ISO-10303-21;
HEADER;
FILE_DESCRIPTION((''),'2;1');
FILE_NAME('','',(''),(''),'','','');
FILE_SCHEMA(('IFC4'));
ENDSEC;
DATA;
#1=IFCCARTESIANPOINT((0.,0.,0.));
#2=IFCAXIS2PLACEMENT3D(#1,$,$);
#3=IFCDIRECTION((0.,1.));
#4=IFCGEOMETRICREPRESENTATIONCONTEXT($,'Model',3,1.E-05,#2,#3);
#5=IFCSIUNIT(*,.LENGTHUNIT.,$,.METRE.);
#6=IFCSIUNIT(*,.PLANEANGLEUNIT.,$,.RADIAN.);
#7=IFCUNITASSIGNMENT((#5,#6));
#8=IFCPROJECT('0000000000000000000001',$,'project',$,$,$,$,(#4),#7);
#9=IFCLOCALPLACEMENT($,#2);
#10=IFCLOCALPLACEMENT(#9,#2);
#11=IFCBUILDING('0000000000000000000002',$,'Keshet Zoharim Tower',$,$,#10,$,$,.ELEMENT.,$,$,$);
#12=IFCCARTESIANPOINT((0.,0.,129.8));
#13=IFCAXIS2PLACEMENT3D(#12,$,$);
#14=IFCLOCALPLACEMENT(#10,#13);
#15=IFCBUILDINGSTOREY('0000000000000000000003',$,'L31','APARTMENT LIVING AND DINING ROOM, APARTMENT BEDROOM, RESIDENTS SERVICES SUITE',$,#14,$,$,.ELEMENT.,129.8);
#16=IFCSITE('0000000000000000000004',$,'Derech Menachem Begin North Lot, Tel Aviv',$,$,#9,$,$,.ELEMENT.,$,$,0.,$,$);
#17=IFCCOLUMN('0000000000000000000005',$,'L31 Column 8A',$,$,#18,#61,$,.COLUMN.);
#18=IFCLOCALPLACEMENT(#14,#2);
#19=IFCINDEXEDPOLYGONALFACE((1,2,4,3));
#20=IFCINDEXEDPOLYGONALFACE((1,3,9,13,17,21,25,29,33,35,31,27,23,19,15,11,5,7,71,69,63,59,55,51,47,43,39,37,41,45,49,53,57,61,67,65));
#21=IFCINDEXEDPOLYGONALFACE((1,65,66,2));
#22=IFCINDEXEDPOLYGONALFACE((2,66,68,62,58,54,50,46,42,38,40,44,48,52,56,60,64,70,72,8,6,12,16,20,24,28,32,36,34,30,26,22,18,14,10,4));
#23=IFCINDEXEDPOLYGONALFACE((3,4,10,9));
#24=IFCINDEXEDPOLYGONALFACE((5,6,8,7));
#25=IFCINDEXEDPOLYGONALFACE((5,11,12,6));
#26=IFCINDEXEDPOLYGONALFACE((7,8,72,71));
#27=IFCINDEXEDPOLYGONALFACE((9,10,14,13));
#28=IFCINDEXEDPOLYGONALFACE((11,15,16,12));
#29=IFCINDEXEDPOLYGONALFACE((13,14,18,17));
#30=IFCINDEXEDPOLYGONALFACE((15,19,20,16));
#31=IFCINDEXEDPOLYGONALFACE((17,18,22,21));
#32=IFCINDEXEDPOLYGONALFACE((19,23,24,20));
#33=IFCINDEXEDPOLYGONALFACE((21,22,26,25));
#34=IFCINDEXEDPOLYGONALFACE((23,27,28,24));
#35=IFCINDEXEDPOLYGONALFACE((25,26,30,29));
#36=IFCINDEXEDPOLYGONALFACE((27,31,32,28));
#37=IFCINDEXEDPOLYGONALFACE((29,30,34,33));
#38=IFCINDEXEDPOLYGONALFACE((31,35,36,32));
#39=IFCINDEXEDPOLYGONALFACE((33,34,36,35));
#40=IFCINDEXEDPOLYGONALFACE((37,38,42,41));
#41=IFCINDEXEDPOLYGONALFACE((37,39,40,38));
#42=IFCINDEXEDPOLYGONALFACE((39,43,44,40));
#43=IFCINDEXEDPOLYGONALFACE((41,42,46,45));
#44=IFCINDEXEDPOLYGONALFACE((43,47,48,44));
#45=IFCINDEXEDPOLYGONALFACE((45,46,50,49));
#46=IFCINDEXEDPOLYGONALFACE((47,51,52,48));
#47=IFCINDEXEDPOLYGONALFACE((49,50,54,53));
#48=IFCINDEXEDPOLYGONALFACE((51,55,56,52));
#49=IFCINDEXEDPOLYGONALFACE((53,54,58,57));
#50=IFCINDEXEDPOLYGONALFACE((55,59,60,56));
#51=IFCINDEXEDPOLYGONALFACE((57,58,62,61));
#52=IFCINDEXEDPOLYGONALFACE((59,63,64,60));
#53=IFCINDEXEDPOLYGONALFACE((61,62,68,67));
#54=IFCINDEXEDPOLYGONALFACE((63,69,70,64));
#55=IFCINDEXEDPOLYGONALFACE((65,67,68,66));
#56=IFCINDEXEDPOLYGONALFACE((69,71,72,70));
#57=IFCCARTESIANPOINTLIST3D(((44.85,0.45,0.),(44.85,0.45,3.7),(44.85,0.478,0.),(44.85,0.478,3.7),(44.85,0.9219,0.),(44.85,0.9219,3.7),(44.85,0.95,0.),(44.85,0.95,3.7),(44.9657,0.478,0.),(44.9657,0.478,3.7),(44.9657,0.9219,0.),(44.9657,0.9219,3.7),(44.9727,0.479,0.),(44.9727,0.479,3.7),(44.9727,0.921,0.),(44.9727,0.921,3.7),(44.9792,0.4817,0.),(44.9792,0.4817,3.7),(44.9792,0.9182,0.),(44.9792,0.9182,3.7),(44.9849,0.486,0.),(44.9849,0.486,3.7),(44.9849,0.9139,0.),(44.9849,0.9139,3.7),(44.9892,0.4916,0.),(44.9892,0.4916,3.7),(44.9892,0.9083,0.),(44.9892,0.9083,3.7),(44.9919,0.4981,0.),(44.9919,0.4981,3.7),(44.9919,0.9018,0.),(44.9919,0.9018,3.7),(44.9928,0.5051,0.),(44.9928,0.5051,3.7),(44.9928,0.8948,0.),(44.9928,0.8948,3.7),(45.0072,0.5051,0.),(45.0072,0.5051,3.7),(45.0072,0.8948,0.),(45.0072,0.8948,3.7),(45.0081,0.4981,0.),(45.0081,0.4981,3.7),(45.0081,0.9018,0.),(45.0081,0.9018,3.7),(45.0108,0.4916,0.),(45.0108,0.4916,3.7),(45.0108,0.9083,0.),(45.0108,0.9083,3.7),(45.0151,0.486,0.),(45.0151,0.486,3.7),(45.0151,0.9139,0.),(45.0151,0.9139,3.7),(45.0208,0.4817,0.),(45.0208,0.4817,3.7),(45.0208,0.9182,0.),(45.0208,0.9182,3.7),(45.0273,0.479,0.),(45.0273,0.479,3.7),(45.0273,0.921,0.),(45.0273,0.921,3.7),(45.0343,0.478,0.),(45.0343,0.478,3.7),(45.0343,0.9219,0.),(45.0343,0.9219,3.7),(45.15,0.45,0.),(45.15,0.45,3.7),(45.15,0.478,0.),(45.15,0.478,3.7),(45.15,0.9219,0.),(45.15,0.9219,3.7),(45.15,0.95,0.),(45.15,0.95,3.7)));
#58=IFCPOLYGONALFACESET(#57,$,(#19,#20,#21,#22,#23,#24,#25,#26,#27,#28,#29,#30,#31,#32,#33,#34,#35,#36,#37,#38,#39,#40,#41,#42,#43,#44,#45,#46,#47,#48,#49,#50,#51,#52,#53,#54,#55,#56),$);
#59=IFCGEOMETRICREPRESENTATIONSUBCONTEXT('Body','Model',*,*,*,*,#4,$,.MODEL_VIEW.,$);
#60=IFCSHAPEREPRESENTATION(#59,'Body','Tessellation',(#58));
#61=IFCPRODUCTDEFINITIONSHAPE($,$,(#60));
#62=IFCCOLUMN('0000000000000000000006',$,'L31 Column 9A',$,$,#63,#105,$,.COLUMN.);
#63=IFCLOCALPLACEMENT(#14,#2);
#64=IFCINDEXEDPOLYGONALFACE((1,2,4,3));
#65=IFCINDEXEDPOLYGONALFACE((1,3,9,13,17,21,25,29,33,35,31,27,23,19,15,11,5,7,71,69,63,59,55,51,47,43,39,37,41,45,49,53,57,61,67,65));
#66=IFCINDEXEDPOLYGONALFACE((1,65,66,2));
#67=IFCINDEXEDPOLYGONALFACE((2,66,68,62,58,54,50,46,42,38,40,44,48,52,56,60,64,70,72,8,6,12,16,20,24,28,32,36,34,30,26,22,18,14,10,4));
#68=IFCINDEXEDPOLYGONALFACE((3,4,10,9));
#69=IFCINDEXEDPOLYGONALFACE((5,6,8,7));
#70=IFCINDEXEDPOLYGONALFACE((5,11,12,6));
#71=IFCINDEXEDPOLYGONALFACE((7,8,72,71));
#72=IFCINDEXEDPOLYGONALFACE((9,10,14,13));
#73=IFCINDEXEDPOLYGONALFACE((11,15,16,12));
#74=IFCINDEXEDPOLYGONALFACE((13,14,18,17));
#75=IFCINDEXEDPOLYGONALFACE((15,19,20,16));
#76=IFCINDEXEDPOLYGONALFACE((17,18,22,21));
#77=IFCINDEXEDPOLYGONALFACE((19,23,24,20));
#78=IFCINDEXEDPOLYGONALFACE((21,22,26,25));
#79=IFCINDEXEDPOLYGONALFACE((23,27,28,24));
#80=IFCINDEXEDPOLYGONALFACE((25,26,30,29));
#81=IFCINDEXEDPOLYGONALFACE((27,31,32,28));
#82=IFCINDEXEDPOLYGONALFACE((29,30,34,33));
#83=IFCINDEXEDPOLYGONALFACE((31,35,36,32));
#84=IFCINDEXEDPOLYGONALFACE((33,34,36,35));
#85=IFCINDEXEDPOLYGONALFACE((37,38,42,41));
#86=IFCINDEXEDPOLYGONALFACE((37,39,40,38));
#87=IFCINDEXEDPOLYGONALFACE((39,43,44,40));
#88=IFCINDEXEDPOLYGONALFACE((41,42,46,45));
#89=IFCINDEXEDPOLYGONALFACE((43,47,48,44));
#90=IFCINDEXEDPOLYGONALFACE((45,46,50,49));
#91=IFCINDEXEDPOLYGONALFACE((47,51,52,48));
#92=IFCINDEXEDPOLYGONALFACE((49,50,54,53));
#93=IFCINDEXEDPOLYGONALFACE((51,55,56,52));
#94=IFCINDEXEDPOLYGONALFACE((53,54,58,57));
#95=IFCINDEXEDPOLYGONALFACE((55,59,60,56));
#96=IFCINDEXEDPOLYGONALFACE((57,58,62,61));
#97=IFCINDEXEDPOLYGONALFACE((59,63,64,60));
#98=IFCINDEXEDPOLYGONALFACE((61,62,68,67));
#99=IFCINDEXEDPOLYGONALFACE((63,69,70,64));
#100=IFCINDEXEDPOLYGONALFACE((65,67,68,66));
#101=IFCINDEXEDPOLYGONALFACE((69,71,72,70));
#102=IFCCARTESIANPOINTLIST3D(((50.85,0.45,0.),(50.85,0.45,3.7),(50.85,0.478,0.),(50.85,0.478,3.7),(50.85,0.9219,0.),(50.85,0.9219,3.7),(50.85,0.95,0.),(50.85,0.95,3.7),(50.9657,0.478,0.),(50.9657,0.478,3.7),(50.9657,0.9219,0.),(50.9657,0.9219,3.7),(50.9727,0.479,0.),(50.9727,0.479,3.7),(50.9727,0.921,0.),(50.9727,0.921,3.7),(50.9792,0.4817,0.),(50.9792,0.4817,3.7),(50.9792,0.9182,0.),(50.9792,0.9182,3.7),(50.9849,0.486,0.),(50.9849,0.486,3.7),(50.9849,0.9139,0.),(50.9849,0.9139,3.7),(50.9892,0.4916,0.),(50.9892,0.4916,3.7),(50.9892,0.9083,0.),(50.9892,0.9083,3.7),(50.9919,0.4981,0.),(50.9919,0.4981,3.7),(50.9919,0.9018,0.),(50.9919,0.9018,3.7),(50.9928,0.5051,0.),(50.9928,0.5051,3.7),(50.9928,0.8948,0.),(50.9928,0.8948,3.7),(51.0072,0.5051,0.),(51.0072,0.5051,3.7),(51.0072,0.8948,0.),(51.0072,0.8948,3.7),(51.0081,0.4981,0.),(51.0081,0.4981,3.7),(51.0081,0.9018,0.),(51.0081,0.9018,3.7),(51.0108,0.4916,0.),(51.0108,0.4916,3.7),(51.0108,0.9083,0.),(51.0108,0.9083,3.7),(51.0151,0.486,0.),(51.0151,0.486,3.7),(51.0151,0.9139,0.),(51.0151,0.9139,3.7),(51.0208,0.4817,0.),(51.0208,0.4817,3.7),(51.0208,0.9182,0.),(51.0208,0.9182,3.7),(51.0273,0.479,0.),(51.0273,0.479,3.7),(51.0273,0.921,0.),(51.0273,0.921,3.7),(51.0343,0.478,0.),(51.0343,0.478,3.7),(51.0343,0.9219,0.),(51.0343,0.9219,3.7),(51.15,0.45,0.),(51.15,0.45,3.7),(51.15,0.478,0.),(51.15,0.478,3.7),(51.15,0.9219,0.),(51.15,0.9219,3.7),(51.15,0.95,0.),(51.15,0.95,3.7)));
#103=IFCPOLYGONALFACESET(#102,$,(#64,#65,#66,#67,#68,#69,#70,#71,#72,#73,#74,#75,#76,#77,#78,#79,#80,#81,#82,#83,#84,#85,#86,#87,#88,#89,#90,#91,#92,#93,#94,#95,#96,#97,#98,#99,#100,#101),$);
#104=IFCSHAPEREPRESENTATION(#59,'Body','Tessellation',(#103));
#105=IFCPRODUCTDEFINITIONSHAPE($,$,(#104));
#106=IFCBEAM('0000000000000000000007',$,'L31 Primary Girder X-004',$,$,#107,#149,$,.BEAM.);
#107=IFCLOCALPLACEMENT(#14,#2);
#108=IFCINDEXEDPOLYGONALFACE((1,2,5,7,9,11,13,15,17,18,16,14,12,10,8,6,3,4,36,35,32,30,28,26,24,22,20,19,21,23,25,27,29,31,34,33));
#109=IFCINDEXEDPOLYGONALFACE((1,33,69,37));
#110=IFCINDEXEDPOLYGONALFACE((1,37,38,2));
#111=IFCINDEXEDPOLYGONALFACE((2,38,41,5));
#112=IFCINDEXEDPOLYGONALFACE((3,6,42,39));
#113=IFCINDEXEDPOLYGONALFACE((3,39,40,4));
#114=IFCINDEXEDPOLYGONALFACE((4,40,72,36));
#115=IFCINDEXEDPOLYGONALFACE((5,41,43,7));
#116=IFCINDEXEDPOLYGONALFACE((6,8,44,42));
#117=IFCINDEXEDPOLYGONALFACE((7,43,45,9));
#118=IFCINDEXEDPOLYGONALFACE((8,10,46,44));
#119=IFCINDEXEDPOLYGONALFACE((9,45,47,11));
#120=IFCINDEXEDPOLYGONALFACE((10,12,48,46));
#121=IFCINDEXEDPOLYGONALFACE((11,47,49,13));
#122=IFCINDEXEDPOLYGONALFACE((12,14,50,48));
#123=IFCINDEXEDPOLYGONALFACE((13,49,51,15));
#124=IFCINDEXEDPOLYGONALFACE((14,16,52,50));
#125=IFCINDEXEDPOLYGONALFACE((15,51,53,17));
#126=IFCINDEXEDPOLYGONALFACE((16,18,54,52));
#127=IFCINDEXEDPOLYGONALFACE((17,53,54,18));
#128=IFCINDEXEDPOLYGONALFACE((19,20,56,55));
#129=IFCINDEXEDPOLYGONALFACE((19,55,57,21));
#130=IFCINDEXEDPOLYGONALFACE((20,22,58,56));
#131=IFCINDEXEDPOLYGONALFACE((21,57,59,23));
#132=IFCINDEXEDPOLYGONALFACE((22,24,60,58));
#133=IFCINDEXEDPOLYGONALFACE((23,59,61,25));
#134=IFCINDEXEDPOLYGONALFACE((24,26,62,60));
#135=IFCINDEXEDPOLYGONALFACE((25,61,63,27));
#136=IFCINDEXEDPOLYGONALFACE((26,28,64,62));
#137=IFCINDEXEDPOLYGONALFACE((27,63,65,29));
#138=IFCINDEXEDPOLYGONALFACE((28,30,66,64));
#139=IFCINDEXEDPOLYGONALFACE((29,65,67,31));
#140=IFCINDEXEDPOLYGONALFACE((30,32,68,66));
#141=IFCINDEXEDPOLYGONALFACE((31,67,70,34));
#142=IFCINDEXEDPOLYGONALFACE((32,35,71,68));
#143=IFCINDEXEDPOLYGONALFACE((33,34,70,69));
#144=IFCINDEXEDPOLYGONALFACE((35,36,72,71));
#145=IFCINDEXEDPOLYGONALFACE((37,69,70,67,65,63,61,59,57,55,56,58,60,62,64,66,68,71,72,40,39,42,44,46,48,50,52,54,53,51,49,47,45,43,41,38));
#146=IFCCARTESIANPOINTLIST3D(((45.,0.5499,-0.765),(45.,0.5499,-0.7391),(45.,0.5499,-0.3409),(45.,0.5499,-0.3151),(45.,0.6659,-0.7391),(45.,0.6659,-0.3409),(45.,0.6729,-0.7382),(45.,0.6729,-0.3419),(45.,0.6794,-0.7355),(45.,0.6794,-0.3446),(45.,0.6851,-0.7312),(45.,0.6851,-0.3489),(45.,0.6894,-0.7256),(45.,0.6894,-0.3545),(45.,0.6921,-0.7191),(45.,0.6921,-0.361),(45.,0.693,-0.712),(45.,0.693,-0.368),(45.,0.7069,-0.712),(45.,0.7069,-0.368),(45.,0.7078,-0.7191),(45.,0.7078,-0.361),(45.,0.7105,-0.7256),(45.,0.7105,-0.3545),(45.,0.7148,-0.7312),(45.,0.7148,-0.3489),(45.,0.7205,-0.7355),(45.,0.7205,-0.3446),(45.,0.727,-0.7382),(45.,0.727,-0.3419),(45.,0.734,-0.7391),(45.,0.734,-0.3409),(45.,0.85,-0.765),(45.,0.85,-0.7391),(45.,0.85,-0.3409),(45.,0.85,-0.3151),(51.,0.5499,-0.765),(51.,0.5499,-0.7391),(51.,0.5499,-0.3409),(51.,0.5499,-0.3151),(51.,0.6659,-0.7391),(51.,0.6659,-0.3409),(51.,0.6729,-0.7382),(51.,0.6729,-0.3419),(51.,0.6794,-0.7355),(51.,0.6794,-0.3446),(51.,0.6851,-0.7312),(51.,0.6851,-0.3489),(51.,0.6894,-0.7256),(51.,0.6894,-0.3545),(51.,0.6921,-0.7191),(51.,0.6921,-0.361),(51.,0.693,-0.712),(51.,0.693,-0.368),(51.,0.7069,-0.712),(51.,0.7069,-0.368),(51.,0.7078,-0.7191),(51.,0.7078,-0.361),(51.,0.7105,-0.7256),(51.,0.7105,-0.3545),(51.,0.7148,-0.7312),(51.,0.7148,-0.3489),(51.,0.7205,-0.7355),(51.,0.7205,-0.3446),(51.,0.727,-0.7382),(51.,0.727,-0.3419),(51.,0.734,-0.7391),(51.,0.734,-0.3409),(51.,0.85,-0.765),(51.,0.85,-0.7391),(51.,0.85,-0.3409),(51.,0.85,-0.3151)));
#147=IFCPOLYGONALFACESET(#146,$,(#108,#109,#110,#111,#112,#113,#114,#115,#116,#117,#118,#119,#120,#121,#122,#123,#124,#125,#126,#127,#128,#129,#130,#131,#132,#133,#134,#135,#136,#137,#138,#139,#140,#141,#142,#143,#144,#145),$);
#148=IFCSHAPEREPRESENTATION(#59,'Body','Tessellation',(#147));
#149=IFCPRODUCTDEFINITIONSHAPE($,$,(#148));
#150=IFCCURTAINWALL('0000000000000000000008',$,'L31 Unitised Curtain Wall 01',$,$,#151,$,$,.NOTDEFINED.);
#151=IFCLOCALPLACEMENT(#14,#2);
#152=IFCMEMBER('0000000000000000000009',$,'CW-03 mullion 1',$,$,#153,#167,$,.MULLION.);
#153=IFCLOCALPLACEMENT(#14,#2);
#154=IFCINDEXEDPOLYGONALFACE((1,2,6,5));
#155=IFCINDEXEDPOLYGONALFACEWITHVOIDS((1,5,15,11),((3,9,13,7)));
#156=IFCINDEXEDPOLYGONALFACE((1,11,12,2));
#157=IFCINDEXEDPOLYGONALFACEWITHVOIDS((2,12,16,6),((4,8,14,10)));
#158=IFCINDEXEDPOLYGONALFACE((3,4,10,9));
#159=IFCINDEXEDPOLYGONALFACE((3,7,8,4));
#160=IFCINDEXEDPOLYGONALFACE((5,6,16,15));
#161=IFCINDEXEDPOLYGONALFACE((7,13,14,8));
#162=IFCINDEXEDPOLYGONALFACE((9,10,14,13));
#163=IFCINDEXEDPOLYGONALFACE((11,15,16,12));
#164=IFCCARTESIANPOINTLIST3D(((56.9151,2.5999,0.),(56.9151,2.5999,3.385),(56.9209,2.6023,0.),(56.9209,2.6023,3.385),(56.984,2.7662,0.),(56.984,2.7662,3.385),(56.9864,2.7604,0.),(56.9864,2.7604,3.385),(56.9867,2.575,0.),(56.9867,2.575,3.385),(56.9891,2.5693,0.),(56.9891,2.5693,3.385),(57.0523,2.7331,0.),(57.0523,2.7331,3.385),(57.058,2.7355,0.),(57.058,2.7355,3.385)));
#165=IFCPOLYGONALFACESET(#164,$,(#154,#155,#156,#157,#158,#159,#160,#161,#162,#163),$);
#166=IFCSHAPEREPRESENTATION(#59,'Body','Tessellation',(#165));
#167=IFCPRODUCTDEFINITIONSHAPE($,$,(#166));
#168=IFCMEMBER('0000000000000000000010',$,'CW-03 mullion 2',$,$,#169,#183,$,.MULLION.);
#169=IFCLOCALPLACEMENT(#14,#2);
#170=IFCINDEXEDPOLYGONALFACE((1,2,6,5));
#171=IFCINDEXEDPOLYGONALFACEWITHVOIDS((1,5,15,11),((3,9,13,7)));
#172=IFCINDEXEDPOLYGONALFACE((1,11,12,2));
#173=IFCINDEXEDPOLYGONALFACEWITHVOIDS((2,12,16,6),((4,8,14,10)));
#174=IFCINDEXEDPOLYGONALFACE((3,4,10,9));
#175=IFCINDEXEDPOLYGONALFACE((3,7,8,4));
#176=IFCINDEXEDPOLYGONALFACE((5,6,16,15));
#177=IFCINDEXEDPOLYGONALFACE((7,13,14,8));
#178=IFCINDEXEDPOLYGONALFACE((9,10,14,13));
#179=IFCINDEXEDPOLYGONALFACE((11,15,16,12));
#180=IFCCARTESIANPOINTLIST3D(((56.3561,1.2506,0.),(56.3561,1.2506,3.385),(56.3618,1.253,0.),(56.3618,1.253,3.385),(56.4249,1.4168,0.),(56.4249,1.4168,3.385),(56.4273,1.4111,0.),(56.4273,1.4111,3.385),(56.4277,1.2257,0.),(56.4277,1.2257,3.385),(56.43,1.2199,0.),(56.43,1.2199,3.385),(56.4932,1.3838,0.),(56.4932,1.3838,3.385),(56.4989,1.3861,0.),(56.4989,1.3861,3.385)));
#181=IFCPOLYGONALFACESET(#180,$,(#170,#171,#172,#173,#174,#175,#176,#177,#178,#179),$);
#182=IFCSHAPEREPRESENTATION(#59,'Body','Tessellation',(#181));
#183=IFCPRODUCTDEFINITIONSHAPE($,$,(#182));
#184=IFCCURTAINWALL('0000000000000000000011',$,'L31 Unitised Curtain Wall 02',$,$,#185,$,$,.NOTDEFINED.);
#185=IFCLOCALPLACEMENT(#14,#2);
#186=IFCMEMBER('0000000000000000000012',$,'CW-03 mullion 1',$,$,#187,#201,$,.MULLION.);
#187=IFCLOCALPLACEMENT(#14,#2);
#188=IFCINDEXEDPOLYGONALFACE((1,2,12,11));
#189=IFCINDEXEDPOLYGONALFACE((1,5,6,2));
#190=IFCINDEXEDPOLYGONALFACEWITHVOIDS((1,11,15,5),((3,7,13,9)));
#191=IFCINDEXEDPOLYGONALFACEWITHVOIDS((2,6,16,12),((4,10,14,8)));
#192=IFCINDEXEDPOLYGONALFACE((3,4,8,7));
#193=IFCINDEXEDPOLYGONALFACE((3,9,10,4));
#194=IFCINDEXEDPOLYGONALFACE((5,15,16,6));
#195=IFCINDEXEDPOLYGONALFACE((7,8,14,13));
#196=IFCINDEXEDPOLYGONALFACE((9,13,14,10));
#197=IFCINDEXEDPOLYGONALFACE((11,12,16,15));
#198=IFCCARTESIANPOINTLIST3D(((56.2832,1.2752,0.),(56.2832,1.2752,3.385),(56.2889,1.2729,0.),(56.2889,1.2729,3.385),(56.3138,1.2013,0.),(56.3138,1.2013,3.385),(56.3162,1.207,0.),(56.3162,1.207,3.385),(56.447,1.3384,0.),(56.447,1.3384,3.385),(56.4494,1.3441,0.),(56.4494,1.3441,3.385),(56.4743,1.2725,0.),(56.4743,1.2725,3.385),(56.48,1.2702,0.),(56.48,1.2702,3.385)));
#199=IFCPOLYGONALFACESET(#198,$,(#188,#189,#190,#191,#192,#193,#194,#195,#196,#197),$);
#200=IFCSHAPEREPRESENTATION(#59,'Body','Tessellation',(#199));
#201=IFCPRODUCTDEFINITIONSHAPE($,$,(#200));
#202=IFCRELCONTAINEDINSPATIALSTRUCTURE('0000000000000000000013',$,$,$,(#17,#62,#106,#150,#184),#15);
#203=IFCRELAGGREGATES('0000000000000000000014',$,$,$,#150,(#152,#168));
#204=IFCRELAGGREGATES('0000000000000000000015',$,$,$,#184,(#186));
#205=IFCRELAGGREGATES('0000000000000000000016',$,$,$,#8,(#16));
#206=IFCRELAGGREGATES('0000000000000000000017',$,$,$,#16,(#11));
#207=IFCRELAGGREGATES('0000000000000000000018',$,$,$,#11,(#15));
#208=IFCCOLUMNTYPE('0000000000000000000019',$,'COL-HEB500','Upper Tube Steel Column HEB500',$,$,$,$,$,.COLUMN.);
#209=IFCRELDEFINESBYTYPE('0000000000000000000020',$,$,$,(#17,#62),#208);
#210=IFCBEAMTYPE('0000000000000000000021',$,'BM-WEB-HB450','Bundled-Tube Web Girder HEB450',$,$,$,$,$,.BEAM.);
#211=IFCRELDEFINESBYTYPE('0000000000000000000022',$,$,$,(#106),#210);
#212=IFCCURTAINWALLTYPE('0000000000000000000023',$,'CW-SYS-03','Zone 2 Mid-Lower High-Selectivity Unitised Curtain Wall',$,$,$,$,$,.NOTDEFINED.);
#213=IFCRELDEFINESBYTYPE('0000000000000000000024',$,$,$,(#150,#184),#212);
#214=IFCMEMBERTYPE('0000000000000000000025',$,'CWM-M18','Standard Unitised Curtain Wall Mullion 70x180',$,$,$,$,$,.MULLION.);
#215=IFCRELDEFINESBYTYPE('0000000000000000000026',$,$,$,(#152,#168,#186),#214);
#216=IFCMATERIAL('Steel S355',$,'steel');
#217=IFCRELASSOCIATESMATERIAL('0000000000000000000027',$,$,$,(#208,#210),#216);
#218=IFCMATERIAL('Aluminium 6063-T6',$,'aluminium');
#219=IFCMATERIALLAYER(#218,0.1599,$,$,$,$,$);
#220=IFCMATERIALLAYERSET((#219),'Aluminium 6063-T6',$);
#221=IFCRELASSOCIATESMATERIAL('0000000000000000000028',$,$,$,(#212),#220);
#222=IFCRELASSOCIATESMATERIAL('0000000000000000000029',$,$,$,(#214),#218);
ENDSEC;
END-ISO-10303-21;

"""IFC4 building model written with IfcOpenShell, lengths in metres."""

from ifc_helpers import new_model, si_unit, direction, frame, origin, origin_2d, place, context, subcontext, project, spatial, hollow_rectangle, i_section, extrude, material, layer, layer_set, material_profile, profile_set, type_object, element, aggregate, save


model = new_model("IFC4")

# Units and contexts
model_context = context("Model", 3, precision=1e-05, world=origin(), true_north=direction((0.0, 1.0)))
body_context = subcontext(model_context, "Body", "Model", "MODEL_VIEW")
ifc_project = project(units=[si_unit("LENGTHUNIT", "METRE"), si_unit("PLANEANGLEUNIT", "RADIAN")], contexts=[model_context])

# Site, building, storey
site_placement = place(None, origin())
site = spatial("IfcSite", under=ifc_project, at=site_placement, Name="Derech Menachem Begin North Lot, Tel Aviv", CompositionType="ELEMENT", RefElevation=0.0)
building_placement = place(site_placement, origin())
building = spatial("IfcBuilding", under=site, at=building_placement, Name="Keshet Zoharim Tower", CompositionType="ELEMENT")
storey_placement = place(building_placement, frame((0.0, 0.0, 129.8)))
storey = spatial("IfcBuildingStorey", under=building, at=storey_placement, Name="L31", Description="APARTMENT LIVING AND DINING ROOM, APARTMENT BEDROOM, RESIDENTS SERVICES SUITE", CompositionType="ELEMENT", Elevation=129.8)

# Columns
ifc_material_1 = material(Name="Steel S355", Category="steel")
ifc_material_profile_1 = material_profile(ifc_material_1, i_section(OverallWidth=0.3, OverallDepth=0.5, WebThickness=0.0144, FlangeThickness=0.0281, FilletRadius=0.0271, at=origin_2d()), Name="HEB500")
ifc_profile_set_1 = profile_set([ifc_material_profile_1], Name="Steel S355")
column_type = type_object("IfcColumnType", Name="COL-HEB500", Description="Upper Tube Steel Column HEB500", PredefinedType="COLUMN", material=ifc_profile_set_1)
for number, where, z_axis, x_axis, name in (
    (1, (45.0, 0.7, 0.0), (0.0, 0.0, 1.0), (1.0, 0.0, 0.0), "L31 Column 8A"),
    (2, (51.0, 0.7, 0.0), (0.0, 0.0, 1.0), (1.0, 0.0, 0.0), "L31 Column 9A"),
):
    element("IfcColumn", number, at=place(storey_placement, frame(where, z_axis=z_axis, x_axis=x_axis)), inside=storey, type_object=column_type, Name=name, PredefinedType="COLUMN", context=body_context, shape_type="SweptSolid", body=[
        extrude(i_section(OverallWidth=0.3, OverallDepth=0.5, WebThickness=0.0144, FlangeThickness=0.0281, FilletRadius=0.0271, at=origin_2d()), origin(), (0.0, 0.0, 1.0), 3.7),
    ])

# Beam
ifc_material_profile_2 = material_profile(ifc_material_1, i_section(OverallWidth=0.3, OverallDepth=0.45, WebThickness=0.0139, FlangeThickness=0.0259, FilletRadius=0.0271, at=origin_2d()), Name="HEB450")
ifc_profile_set_2 = profile_set([ifc_material_profile_2], Name="Steel S355")
beam_type = type_object("IfcBeamType", Name="BM-WEB-HB450", Description="Bundled-Tube Web Girder HEB450", PredefinedType="BEAM", material=ifc_profile_set_2)
beam_placement = place(storey_placement, frame((45.0, 0.7, -0.54), z_axis=(1.0, 0.0, 0.0), x_axis=(0.0, 1.0, 0.0)))
element("IfcBeam", 3, at=beam_placement, inside=storey, type_object=beam_type, Name="L31 Primary Girder X-004", PredefinedType="BEAM", context=body_context, shape_type="SweptSolid", body=[
    extrude(i_section(OverallWidth=0.3, OverallDepth=0.45, WebThickness=0.0139, FlangeThickness=0.0259, FilletRadius=0.0271, at=origin_2d()), origin(), (0.0, 0.0, 1.0), 6.0),
])

# Curtain walls, members
ifc_material_2 = material(Name="Aluminium 6063-T6", Category="aluminium")
ifc_layer_1 = layer(ifc_material_2, 0.1599)
ifc_layer_set_1 = layer_set([ifc_layer_1], Name="Aluminium 6063-T6")
curtain_wall_type = type_object("IfcCurtainWallType", Name="CW-SYS-03", Description="Zone 2 Mid-Lower High-Selectivity Unitised Curtain Wall", PredefinedType="NOTDEFINED", material=ifc_layer_set_1)
curtain_wall_1_placement = place(storey_placement, origin())
curtain_wall_1 = element("IfcCurtainWall", 4, at=curtain_wall_1_placement, inside=storey, type_object=curtain_wall_type, Name="L31 Unitised Curtain Wall 01", PredefinedType="NOTDEFINED")
ifc_material_profile_3 = material_profile(ifc_material_2, hollow_rectangle(XDim=0.0801, YDim=0.1799, WallThickness=0.0044, at=origin_2d()), Name="MUL-80x180")
ifc_profile_set_3 = profile_set([ifc_material_profile_3], Name="Aluminium 6063-T6")
member_type_1 = type_object("IfcMemberType", Name="CWM-M18", Description="Standard Unitised Curtain Wall Mullion 70x180", PredefinedType="MULLION", material=ifc_profile_set_3)
member_1_placement = place(storey_placement, frame((56.9866, 2.6677, 0.0), z_axis=(0.0, 0.0, 1.0), x_axis=(0.92381, -0.382852, 0.0)))
member_1 = element("IfcMember", 5, at=member_1_placement, type_object=member_type_1, Name="CW-03 mullion 1", PredefinedType="MULLION", context=body_context, shape_type="SweptSolid", body=[
    extrude(hollow_rectangle(XDim=0.0801, YDim=0.1799, WallThickness=0.0044, at=origin_2d()), origin(), (0.0, 0.0, 1.0), 3.385),
])
member_2_placement = place(storey_placement, frame((56.4275, 1.3184, 0.0), z_axis=(0.0, 0.0, 1.0), x_axis=(0.92381, -0.382852, 0.0)))
member_2 = element("IfcMember", 6, at=member_2_placement, type_object=member_type_1, Name="CW-03 mullion 2", PredefinedType="MULLION", context=body_context, shape_type="SweptSolid", body=[
    extrude(hollow_rectangle(XDim=0.0801, YDim=0.1799, WallThickness=0.0044, at=origin_2d()), origin(), (0.0, 0.0, 1.0), 3.385),
])
curtain_wall_2_placement = place(storey_placement, origin())
curtain_wall_2 = element("IfcCurtainWall", 7, at=curtain_wall_2_placement, inside=storey, type_object=curtain_wall_type, Name="L31 Unitised Curtain Wall 02", PredefinedType="NOTDEFINED")
member_3_placement = place(storey_placement, frame((56.3816, 1.2727, 0.0), z_axis=(0.0, 0.0, 1.0), x_axis=(0.382852, -0.92381, 0.0)))
member_3 = element("IfcMember", 8, at=member_3_placement, type_object=member_type_1, Name="CW-03 mullion 1", PredefinedType="MULLION", context=body_context, shape_type="SweptSolid", body=[
    extrude(hollow_rectangle(XDim=0.0801, YDim=0.1799, WallThickness=0.0044, at=origin_2d()), origin(), (0.0, 0.0, 1.0), 3.385),
])

aggregate(curtain_wall_1, [member_1, member_2])
aggregate(curtain_wall_2, [member_3])

save(model, "model.ifc")
